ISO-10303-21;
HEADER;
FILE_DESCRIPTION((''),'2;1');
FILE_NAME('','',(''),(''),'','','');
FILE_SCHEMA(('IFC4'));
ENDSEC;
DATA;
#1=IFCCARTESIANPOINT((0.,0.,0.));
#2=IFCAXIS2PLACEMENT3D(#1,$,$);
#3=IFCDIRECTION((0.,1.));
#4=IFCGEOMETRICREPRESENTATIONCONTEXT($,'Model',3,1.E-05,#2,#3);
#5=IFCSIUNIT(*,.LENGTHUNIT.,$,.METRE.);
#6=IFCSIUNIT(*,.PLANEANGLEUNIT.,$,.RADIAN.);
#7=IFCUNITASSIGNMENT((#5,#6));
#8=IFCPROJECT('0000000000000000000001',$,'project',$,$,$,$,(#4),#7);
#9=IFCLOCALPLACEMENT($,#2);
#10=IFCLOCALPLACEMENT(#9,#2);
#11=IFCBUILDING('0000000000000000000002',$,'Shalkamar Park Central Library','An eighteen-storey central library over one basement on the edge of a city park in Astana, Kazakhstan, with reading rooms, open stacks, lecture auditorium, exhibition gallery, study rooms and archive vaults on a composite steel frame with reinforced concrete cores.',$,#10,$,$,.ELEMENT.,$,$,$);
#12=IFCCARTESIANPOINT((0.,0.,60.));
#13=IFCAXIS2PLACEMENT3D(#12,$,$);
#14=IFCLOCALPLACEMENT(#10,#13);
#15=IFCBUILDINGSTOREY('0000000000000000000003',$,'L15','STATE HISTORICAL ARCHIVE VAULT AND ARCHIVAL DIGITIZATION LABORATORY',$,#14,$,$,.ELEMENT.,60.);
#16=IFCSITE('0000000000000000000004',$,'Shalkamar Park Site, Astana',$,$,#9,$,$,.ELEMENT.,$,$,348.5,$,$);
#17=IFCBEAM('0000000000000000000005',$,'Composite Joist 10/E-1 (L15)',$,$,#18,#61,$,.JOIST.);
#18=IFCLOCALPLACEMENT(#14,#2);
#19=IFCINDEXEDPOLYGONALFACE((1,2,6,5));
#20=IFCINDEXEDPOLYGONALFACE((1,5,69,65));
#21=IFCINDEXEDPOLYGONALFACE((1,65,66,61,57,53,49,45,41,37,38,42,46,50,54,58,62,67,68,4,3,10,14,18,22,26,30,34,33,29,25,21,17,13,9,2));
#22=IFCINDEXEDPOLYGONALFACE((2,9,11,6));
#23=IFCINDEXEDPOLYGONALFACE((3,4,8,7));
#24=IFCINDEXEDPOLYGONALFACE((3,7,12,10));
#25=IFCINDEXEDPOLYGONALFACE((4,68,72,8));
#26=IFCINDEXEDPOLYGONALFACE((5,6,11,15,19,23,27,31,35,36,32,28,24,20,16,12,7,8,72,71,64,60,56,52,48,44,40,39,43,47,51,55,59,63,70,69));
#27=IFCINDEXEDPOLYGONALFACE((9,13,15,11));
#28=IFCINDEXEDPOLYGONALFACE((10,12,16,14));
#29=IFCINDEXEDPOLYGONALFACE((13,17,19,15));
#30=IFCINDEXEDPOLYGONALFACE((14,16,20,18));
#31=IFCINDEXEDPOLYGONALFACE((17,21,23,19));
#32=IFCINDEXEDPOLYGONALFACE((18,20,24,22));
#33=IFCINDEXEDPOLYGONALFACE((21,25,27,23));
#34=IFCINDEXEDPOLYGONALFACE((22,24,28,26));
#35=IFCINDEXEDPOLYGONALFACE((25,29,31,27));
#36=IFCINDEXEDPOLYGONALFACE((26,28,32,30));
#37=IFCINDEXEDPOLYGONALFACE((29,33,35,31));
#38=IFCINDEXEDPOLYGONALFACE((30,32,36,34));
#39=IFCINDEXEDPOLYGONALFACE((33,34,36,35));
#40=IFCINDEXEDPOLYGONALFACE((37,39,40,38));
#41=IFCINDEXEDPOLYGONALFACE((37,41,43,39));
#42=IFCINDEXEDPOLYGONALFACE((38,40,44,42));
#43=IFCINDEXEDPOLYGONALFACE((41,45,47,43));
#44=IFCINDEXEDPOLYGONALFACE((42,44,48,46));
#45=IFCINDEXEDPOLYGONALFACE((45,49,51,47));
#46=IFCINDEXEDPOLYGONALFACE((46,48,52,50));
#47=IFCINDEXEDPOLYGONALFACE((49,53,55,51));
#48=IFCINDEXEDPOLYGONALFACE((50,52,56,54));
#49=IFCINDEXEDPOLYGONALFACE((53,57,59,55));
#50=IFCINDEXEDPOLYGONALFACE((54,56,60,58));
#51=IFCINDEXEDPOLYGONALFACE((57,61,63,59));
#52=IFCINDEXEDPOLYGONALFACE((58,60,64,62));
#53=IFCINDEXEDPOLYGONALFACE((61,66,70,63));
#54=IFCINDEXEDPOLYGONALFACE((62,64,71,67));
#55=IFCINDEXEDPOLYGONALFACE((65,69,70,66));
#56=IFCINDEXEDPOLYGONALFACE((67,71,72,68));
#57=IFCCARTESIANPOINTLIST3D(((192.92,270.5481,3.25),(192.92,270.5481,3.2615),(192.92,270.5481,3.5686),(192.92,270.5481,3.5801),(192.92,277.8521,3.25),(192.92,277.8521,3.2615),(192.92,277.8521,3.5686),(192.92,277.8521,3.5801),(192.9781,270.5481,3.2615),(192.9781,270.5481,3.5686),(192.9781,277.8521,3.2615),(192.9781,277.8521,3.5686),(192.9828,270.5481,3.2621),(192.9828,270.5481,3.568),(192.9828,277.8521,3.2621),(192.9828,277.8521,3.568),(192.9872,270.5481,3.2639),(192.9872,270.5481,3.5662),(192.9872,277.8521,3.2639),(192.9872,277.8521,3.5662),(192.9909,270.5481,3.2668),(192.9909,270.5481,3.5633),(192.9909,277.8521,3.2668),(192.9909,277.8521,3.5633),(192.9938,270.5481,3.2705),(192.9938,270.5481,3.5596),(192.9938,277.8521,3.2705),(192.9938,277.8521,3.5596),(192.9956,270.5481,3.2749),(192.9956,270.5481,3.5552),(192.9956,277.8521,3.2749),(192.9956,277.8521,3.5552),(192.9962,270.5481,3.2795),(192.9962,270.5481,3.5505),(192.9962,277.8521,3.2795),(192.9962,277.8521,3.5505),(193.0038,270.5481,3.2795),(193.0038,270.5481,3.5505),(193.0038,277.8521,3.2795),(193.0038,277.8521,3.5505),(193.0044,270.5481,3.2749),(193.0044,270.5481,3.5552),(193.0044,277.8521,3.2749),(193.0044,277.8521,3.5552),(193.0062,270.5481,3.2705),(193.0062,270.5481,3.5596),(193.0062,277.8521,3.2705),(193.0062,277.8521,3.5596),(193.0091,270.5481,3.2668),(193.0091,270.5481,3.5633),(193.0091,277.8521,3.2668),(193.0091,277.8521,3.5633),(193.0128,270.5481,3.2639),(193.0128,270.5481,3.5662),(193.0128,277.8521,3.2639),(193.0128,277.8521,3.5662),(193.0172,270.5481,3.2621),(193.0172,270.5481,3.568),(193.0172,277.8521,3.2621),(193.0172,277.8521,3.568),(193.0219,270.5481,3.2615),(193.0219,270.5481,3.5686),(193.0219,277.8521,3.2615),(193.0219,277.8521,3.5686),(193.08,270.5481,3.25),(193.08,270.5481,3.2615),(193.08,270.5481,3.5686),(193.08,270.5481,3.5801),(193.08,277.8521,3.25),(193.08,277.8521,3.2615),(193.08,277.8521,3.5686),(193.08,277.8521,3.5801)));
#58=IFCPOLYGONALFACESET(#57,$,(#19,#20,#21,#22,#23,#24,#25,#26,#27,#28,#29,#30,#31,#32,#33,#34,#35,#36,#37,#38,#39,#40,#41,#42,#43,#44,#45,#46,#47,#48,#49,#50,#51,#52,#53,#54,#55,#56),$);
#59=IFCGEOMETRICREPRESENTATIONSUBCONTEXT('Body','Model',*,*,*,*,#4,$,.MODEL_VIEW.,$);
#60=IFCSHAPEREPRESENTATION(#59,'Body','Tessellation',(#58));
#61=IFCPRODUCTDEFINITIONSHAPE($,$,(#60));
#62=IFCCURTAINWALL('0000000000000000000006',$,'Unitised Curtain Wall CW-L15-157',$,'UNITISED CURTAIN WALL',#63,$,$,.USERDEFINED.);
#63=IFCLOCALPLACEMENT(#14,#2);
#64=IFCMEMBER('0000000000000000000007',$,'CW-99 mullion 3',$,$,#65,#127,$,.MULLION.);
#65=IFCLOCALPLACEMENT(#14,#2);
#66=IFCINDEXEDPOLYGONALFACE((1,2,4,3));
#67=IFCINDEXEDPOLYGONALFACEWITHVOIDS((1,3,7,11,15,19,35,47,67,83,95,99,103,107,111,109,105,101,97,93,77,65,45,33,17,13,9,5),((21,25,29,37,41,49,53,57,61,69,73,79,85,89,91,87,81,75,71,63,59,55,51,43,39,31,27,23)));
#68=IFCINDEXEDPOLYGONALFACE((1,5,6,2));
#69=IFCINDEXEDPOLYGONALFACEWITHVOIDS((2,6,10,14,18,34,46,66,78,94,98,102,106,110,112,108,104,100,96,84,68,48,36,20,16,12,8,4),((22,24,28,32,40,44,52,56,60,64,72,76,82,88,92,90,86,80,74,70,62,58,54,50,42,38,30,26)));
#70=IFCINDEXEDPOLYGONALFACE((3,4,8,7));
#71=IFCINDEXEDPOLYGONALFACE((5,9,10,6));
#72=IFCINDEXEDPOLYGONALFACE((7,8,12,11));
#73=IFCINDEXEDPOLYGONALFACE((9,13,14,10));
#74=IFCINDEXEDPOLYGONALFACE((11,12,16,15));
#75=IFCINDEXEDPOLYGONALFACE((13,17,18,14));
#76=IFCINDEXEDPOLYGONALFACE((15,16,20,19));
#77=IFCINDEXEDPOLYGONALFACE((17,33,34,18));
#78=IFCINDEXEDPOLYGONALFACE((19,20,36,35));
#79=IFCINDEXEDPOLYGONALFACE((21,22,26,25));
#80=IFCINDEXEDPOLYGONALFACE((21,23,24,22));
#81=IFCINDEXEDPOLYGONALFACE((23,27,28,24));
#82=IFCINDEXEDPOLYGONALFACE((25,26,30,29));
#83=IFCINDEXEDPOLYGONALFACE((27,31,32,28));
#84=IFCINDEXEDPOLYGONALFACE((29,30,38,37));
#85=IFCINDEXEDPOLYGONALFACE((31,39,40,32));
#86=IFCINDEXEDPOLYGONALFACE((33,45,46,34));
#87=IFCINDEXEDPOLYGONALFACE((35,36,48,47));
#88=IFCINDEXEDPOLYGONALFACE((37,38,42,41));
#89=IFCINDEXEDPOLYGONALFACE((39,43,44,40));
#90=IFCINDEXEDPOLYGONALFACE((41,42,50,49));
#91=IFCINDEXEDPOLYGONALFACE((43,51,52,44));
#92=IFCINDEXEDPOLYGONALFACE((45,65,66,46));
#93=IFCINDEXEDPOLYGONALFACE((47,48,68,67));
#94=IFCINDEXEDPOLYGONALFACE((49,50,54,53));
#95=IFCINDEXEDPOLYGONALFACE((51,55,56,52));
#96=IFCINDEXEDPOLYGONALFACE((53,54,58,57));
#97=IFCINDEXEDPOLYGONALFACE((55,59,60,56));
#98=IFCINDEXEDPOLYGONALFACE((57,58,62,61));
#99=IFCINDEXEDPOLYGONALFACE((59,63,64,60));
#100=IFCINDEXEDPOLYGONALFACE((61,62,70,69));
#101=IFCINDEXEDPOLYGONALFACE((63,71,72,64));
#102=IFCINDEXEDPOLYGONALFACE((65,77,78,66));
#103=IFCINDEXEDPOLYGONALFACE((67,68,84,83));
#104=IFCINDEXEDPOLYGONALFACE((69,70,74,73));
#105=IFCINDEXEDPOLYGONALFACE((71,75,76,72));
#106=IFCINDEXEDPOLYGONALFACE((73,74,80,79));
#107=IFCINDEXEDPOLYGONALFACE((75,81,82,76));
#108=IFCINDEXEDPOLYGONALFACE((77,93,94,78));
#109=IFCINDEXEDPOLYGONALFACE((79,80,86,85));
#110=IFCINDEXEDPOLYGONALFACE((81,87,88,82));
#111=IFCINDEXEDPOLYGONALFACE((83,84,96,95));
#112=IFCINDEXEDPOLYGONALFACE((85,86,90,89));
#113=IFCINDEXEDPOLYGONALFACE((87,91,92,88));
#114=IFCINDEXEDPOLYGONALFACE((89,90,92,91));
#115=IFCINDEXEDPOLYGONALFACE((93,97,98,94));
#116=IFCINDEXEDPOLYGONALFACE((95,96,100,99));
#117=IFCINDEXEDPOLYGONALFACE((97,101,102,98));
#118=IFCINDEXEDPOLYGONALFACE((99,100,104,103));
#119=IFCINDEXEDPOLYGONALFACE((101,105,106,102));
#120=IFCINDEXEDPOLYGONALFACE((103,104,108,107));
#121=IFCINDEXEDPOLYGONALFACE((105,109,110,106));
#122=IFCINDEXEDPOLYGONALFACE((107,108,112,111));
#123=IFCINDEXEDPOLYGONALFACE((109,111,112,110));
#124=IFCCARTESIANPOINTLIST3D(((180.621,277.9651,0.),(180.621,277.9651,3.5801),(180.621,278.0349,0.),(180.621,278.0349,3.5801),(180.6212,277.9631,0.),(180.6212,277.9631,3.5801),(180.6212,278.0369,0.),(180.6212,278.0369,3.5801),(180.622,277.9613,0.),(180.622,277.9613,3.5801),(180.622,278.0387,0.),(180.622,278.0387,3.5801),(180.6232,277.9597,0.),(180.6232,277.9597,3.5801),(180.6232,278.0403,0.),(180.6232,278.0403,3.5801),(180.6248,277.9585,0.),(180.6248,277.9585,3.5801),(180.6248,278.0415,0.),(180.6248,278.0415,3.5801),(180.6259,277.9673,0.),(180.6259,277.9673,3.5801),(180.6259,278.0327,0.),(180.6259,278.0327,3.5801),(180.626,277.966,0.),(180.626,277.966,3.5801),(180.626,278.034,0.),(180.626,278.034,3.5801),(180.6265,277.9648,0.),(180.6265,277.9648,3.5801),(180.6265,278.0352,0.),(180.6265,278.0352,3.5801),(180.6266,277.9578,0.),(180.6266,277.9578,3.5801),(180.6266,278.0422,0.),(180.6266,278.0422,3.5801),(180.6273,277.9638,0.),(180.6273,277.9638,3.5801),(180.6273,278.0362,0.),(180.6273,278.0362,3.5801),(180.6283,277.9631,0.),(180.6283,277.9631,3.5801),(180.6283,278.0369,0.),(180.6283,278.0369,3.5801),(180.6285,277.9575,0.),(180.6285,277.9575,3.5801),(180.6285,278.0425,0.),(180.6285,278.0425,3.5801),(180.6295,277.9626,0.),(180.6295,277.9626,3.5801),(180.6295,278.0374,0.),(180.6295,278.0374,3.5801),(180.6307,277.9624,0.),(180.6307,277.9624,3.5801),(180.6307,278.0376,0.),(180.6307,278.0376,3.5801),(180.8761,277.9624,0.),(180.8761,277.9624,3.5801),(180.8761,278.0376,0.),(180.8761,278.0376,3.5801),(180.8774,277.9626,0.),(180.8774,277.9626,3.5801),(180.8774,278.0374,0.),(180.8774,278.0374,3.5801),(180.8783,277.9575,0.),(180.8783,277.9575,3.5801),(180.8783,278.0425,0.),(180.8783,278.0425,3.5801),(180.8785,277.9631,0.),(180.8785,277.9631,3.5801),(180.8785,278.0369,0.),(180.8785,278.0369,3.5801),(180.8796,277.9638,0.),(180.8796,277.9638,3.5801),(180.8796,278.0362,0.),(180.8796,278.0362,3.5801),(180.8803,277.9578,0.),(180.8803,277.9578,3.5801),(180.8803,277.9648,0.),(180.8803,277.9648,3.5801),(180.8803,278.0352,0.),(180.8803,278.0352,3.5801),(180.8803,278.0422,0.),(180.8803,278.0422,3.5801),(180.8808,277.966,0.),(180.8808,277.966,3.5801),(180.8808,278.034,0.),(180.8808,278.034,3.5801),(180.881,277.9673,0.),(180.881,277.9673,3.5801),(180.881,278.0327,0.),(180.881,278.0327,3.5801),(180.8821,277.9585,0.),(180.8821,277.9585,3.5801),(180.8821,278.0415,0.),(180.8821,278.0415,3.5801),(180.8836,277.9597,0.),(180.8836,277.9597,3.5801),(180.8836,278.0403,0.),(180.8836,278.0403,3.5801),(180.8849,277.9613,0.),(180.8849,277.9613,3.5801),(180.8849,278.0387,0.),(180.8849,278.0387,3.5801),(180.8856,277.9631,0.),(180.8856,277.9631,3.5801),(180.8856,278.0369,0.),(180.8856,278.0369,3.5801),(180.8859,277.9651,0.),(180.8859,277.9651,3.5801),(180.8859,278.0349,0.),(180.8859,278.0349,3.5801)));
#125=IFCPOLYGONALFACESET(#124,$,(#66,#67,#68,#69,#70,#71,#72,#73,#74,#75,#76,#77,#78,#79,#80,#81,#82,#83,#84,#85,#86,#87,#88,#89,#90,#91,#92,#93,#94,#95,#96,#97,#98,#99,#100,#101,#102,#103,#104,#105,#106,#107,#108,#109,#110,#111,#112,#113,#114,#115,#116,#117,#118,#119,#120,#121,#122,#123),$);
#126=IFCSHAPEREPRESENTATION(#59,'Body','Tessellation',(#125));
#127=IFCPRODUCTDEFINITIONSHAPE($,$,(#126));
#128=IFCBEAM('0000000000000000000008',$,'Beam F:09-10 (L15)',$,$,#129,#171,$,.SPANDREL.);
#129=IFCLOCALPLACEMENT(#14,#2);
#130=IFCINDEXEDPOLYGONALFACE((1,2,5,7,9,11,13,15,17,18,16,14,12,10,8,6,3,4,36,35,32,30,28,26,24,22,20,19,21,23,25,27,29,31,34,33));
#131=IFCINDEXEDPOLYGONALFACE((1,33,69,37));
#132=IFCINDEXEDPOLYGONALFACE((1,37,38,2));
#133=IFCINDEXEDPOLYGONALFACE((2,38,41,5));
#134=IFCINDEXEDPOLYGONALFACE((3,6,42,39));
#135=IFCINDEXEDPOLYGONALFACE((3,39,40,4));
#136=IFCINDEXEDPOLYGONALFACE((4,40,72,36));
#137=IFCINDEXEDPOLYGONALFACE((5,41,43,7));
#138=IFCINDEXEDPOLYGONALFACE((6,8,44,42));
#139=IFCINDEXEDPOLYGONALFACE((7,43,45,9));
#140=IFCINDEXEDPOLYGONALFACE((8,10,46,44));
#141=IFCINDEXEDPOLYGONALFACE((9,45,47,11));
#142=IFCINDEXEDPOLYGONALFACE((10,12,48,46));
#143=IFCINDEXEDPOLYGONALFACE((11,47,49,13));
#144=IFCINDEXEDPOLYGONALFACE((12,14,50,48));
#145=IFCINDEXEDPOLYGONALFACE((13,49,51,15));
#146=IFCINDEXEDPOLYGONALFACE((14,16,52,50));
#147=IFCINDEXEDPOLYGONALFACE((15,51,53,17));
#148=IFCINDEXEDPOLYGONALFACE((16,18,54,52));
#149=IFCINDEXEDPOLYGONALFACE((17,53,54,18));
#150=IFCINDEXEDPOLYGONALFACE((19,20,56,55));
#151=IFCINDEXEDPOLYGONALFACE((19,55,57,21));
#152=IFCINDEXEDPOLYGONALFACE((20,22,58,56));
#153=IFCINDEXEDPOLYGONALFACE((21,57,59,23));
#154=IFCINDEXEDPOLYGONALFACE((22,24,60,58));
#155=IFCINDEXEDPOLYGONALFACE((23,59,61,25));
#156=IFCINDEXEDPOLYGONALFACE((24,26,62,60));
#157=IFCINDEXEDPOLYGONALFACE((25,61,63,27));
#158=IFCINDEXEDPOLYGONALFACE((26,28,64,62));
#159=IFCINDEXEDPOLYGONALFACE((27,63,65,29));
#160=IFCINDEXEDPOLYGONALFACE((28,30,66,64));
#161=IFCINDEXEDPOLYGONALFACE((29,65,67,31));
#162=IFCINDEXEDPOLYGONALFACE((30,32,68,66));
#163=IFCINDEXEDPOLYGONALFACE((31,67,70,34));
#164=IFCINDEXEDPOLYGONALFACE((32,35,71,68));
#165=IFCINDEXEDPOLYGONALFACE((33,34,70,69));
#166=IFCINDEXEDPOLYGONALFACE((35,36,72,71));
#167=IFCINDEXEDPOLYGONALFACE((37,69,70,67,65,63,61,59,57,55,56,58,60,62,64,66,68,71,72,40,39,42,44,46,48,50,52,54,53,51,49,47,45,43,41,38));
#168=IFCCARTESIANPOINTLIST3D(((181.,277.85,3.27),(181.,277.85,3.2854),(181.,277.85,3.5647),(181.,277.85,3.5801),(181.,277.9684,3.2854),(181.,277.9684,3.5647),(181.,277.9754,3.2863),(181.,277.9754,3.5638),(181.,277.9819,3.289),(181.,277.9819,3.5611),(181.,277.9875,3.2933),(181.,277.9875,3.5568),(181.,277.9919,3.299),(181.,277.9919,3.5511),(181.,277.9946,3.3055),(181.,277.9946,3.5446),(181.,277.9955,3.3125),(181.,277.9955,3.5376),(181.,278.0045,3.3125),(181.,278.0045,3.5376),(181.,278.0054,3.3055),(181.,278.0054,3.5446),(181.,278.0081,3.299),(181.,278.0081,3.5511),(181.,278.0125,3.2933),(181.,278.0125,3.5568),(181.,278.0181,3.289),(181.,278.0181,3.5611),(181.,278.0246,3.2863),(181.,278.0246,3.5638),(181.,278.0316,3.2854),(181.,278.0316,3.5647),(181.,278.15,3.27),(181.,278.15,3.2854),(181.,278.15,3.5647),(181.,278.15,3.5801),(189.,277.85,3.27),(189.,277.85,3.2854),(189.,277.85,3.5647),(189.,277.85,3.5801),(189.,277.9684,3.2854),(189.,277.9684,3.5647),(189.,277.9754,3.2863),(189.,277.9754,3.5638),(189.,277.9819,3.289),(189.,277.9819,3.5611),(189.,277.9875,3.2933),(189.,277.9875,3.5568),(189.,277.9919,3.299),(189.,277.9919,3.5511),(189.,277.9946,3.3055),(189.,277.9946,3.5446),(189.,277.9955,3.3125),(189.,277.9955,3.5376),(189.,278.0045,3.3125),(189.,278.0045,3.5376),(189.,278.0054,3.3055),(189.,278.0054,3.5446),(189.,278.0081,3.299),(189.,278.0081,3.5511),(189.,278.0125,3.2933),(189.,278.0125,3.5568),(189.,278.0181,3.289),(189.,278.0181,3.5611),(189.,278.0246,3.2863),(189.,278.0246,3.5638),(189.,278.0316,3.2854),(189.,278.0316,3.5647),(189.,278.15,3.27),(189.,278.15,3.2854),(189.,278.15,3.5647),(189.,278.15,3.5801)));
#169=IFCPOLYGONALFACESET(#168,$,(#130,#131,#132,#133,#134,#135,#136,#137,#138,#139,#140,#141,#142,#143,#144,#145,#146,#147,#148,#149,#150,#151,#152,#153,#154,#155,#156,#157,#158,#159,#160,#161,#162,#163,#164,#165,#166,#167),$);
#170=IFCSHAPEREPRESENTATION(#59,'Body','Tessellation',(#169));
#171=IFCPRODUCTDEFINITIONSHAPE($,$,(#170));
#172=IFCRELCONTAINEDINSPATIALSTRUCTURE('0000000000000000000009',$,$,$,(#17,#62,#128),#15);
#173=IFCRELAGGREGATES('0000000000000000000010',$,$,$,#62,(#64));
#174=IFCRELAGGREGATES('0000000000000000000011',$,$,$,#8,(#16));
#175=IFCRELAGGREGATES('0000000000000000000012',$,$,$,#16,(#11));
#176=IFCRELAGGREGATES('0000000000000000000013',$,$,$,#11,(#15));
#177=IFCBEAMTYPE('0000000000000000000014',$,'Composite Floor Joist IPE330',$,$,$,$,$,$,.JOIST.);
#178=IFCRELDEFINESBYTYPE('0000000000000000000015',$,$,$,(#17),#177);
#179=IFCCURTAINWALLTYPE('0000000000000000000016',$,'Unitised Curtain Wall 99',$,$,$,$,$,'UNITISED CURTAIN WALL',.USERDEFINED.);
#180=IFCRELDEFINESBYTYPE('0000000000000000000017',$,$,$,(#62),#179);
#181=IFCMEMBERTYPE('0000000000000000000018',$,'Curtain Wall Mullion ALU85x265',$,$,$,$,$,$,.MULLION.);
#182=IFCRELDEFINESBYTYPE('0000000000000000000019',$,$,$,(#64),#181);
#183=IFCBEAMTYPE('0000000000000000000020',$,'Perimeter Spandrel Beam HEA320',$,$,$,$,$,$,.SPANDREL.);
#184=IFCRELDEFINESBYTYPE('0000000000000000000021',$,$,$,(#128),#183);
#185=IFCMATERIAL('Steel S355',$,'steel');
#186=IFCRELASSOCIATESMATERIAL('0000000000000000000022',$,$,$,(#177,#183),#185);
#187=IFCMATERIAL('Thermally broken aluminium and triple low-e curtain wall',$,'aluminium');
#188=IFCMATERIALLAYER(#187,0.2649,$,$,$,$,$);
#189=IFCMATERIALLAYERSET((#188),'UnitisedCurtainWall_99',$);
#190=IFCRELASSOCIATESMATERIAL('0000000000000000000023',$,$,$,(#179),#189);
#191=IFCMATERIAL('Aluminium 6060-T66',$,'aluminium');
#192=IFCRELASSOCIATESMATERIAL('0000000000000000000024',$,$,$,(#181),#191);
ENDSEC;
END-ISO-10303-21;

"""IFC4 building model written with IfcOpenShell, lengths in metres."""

from ifc_helpers import new_model, si_unit, direction, frame, origin, origin_2d, place, context, subcontext, project, spatial, hollow_rectangle, i_section, extrude, material, layer, layer_set, material_profile, profile_set, type_object, element, aggregate, save


model = new_model("IFC4")

# Units and contexts
model_context = context("Model", 3, precision=1e-05, world=origin(), true_north=direction((0.0, 1.0)))
body_context = subcontext(model_context, "Body", "Model", "MODEL_VIEW")
ifc_project = project(units=[si_unit("LENGTHUNIT", "METRE"), si_unit("PLANEANGLEUNIT", "RADIAN")], contexts=[model_context])

# Site, building, storey
site_placement = place(None, origin())
site = spatial("IfcSite", under=ifc_project, at=site_placement, Name="Shalkamar Park Site, Astana", CompositionType="ELEMENT", RefElevation=348.5)
building_placement = place(site_placement, origin())
building = spatial("IfcBuilding", under=site, at=building_placement, Name="Shalkamar Park Central Library", Description="An eighteen-storey central library over one basement on the edge of a city park in Astana, Kazakhstan, with reading rooms, open stacks, lecture auditorium, exhibition gallery, study rooms and archive vaults on a composite steel frame with reinforced concrete cores.", CompositionType="ELEMENT")
storey_placement = place(building_placement, frame((0.0, 0.0, 60.0)))
storey = spatial("IfcBuildingStorey", under=building, at=storey_placement, Name="L15", Description="STATE HISTORICAL ARCHIVE VAULT AND ARCHIVAL DIGITIZATION LABORATORY", CompositionType="ELEMENT", Elevation=60.0)

# Shared definitions
ifc_material_1 = material(Name="Steel S355", Category="steel")

# Beam
ifc_material_profile_1 = material_profile(ifc_material_1, i_section(OverallWidth=0.1599, OverallDepth=0.3301, WebThickness=0.0076, FlangeThickness=0.0115, FilletRadius=0.0181, at=origin_2d()), Name="IPE 330")
ifc_profile_set_1 = profile_set([ifc_material_profile_1], Name="Steel S355")
beam_type_1 = type_object("IfcBeamType", Name="Composite Floor Joist IPE330", PredefinedType="JOIST", material=ifc_profile_set_1)
beam_1_placement = place(storey_placement, frame((193.0, 270.5481, 3.415), z_axis=(0.0, 1.0, 0.0), x_axis=(-1.0, 0.0, 0.0)))
element("IfcBeam", 1, at=beam_1_placement, inside=storey, type_object=beam_type_1, Name="Composite Joist 10/E-1 (L15)", PredefinedType="JOIST", context=body_context, shape_type="SweptSolid", body=[
    extrude(i_section(OverallWidth=0.1599, OverallDepth=0.3301, WebThickness=0.0076, FlangeThickness=0.0115, FilletRadius=0.0181, at=origin_2d()), origin(), (0.0, 0.0, 1.0), 7.304),
])

# Curtain wall, member
ifc_material_2 = material(Name="Thermally broken aluminium and triple low-e curtain wall", Category="aluminium")
ifc_layer_1 = layer(ifc_material_2, 0.2649)
ifc_layer_set_1 = layer_set([ifc_layer_1], Name="UnitisedCurtainWall_99")
curtain_wall_type = type_object("IfcCurtainWallType", Name="Unitised Curtain Wall 99", ElementType="UNITISED CURTAIN WALL", PredefinedType="USERDEFINED", material=ifc_layer_set_1)
curtain_wall_placement = place(storey_placement, origin())
curtain_wall = element("IfcCurtainWall", 2, at=curtain_wall_placement, inside=storey, type_object=curtain_wall_type, Name="Unitised Curtain Wall CW-L15-157", ObjectType="UNITISED CURTAIN WALL", PredefinedType="USERDEFINED")
ifc_material_3 = material(Name="Aluminium 6060-T66", Category="aluminium")
ifc_material_profile_2 = material_profile(ifc_material_3, hollow_rectangle(XDim=0.085, YDim=0.2649, WallThickness=0.0049, InnerFilletRadius=0.0049, OuterFilletRadius=0.0076, at=origin_2d()), Name="ALU 85x265x5")
ifc_profile_set_2 = profile_set([ifc_material_profile_2], Name="Aluminium 6060-T66")
member_type = type_object("IfcMemberType", Name="Curtain Wall Mullion ALU85x265", PredefinedType="MULLION", material=ifc_profile_set_2)
member_placement = place(storey_placement, frame((180.7534, 278.0, 0.0), z_axis=(0.0, 0.0, 1.0), x_axis=(0.0, 1.0, 0.0)))
member = element("IfcMember", 3, at=member_placement, type_object=member_type, Name="CW-99 mullion 3", PredefinedType="MULLION", context=body_context, shape_type="SweptSolid", body=[
    extrude(hollow_rectangle(XDim=0.085, YDim=0.2649, WallThickness=0.0049, InnerFilletRadius=0.0049, OuterFilletRadius=0.0076, at=origin_2d()), origin(), (0.0, 0.0, 1.0), 3.5801),
])

# Beam
ifc_material_profile_3 = material_profile(ifc_material_1, i_section(OverallWidth=0.3, OverallDepth=0.3101, WebThickness=0.009, FlangeThickness=0.0154, FilletRadius=0.0271, at=origin_2d()), Name="HEA 320")
ifc_profile_set_3 = profile_set([ifc_material_profile_3], Name="Steel S355")
beam_type_2 = type_object("IfcBeamType", Name="Perimeter Spandrel Beam HEA320", PredefinedType="SPANDREL", material=ifc_profile_set_3)
for number, where, z_axis, x_axis, name in (
    (4, (181.0, 278.0, 3.425), (1.0, 0.0, 0.0), (0.0, 1.0, 0.0), "Beam F:09-10 (L15)"),
):
    element("IfcBeam", number, at=place(storey_placement, frame(where, z_axis=z_axis, x_axis=x_axis)), inside=storey, type_object=beam_type_2, Name=name, PredefinedType="SPANDREL", context=body_context, shape_type="SweptSolid", body=[
        extrude(i_section(OverallWidth=0.3, OverallDepth=0.3101, WebThickness=0.009, FlangeThickness=0.0154, FilletRadius=0.0271, at=origin_2d()), origin(), (0.0, 0.0, 1.0), 8.0),
    ])

aggregate(curtain_wall, [member])

save(model, "model.ifc")
